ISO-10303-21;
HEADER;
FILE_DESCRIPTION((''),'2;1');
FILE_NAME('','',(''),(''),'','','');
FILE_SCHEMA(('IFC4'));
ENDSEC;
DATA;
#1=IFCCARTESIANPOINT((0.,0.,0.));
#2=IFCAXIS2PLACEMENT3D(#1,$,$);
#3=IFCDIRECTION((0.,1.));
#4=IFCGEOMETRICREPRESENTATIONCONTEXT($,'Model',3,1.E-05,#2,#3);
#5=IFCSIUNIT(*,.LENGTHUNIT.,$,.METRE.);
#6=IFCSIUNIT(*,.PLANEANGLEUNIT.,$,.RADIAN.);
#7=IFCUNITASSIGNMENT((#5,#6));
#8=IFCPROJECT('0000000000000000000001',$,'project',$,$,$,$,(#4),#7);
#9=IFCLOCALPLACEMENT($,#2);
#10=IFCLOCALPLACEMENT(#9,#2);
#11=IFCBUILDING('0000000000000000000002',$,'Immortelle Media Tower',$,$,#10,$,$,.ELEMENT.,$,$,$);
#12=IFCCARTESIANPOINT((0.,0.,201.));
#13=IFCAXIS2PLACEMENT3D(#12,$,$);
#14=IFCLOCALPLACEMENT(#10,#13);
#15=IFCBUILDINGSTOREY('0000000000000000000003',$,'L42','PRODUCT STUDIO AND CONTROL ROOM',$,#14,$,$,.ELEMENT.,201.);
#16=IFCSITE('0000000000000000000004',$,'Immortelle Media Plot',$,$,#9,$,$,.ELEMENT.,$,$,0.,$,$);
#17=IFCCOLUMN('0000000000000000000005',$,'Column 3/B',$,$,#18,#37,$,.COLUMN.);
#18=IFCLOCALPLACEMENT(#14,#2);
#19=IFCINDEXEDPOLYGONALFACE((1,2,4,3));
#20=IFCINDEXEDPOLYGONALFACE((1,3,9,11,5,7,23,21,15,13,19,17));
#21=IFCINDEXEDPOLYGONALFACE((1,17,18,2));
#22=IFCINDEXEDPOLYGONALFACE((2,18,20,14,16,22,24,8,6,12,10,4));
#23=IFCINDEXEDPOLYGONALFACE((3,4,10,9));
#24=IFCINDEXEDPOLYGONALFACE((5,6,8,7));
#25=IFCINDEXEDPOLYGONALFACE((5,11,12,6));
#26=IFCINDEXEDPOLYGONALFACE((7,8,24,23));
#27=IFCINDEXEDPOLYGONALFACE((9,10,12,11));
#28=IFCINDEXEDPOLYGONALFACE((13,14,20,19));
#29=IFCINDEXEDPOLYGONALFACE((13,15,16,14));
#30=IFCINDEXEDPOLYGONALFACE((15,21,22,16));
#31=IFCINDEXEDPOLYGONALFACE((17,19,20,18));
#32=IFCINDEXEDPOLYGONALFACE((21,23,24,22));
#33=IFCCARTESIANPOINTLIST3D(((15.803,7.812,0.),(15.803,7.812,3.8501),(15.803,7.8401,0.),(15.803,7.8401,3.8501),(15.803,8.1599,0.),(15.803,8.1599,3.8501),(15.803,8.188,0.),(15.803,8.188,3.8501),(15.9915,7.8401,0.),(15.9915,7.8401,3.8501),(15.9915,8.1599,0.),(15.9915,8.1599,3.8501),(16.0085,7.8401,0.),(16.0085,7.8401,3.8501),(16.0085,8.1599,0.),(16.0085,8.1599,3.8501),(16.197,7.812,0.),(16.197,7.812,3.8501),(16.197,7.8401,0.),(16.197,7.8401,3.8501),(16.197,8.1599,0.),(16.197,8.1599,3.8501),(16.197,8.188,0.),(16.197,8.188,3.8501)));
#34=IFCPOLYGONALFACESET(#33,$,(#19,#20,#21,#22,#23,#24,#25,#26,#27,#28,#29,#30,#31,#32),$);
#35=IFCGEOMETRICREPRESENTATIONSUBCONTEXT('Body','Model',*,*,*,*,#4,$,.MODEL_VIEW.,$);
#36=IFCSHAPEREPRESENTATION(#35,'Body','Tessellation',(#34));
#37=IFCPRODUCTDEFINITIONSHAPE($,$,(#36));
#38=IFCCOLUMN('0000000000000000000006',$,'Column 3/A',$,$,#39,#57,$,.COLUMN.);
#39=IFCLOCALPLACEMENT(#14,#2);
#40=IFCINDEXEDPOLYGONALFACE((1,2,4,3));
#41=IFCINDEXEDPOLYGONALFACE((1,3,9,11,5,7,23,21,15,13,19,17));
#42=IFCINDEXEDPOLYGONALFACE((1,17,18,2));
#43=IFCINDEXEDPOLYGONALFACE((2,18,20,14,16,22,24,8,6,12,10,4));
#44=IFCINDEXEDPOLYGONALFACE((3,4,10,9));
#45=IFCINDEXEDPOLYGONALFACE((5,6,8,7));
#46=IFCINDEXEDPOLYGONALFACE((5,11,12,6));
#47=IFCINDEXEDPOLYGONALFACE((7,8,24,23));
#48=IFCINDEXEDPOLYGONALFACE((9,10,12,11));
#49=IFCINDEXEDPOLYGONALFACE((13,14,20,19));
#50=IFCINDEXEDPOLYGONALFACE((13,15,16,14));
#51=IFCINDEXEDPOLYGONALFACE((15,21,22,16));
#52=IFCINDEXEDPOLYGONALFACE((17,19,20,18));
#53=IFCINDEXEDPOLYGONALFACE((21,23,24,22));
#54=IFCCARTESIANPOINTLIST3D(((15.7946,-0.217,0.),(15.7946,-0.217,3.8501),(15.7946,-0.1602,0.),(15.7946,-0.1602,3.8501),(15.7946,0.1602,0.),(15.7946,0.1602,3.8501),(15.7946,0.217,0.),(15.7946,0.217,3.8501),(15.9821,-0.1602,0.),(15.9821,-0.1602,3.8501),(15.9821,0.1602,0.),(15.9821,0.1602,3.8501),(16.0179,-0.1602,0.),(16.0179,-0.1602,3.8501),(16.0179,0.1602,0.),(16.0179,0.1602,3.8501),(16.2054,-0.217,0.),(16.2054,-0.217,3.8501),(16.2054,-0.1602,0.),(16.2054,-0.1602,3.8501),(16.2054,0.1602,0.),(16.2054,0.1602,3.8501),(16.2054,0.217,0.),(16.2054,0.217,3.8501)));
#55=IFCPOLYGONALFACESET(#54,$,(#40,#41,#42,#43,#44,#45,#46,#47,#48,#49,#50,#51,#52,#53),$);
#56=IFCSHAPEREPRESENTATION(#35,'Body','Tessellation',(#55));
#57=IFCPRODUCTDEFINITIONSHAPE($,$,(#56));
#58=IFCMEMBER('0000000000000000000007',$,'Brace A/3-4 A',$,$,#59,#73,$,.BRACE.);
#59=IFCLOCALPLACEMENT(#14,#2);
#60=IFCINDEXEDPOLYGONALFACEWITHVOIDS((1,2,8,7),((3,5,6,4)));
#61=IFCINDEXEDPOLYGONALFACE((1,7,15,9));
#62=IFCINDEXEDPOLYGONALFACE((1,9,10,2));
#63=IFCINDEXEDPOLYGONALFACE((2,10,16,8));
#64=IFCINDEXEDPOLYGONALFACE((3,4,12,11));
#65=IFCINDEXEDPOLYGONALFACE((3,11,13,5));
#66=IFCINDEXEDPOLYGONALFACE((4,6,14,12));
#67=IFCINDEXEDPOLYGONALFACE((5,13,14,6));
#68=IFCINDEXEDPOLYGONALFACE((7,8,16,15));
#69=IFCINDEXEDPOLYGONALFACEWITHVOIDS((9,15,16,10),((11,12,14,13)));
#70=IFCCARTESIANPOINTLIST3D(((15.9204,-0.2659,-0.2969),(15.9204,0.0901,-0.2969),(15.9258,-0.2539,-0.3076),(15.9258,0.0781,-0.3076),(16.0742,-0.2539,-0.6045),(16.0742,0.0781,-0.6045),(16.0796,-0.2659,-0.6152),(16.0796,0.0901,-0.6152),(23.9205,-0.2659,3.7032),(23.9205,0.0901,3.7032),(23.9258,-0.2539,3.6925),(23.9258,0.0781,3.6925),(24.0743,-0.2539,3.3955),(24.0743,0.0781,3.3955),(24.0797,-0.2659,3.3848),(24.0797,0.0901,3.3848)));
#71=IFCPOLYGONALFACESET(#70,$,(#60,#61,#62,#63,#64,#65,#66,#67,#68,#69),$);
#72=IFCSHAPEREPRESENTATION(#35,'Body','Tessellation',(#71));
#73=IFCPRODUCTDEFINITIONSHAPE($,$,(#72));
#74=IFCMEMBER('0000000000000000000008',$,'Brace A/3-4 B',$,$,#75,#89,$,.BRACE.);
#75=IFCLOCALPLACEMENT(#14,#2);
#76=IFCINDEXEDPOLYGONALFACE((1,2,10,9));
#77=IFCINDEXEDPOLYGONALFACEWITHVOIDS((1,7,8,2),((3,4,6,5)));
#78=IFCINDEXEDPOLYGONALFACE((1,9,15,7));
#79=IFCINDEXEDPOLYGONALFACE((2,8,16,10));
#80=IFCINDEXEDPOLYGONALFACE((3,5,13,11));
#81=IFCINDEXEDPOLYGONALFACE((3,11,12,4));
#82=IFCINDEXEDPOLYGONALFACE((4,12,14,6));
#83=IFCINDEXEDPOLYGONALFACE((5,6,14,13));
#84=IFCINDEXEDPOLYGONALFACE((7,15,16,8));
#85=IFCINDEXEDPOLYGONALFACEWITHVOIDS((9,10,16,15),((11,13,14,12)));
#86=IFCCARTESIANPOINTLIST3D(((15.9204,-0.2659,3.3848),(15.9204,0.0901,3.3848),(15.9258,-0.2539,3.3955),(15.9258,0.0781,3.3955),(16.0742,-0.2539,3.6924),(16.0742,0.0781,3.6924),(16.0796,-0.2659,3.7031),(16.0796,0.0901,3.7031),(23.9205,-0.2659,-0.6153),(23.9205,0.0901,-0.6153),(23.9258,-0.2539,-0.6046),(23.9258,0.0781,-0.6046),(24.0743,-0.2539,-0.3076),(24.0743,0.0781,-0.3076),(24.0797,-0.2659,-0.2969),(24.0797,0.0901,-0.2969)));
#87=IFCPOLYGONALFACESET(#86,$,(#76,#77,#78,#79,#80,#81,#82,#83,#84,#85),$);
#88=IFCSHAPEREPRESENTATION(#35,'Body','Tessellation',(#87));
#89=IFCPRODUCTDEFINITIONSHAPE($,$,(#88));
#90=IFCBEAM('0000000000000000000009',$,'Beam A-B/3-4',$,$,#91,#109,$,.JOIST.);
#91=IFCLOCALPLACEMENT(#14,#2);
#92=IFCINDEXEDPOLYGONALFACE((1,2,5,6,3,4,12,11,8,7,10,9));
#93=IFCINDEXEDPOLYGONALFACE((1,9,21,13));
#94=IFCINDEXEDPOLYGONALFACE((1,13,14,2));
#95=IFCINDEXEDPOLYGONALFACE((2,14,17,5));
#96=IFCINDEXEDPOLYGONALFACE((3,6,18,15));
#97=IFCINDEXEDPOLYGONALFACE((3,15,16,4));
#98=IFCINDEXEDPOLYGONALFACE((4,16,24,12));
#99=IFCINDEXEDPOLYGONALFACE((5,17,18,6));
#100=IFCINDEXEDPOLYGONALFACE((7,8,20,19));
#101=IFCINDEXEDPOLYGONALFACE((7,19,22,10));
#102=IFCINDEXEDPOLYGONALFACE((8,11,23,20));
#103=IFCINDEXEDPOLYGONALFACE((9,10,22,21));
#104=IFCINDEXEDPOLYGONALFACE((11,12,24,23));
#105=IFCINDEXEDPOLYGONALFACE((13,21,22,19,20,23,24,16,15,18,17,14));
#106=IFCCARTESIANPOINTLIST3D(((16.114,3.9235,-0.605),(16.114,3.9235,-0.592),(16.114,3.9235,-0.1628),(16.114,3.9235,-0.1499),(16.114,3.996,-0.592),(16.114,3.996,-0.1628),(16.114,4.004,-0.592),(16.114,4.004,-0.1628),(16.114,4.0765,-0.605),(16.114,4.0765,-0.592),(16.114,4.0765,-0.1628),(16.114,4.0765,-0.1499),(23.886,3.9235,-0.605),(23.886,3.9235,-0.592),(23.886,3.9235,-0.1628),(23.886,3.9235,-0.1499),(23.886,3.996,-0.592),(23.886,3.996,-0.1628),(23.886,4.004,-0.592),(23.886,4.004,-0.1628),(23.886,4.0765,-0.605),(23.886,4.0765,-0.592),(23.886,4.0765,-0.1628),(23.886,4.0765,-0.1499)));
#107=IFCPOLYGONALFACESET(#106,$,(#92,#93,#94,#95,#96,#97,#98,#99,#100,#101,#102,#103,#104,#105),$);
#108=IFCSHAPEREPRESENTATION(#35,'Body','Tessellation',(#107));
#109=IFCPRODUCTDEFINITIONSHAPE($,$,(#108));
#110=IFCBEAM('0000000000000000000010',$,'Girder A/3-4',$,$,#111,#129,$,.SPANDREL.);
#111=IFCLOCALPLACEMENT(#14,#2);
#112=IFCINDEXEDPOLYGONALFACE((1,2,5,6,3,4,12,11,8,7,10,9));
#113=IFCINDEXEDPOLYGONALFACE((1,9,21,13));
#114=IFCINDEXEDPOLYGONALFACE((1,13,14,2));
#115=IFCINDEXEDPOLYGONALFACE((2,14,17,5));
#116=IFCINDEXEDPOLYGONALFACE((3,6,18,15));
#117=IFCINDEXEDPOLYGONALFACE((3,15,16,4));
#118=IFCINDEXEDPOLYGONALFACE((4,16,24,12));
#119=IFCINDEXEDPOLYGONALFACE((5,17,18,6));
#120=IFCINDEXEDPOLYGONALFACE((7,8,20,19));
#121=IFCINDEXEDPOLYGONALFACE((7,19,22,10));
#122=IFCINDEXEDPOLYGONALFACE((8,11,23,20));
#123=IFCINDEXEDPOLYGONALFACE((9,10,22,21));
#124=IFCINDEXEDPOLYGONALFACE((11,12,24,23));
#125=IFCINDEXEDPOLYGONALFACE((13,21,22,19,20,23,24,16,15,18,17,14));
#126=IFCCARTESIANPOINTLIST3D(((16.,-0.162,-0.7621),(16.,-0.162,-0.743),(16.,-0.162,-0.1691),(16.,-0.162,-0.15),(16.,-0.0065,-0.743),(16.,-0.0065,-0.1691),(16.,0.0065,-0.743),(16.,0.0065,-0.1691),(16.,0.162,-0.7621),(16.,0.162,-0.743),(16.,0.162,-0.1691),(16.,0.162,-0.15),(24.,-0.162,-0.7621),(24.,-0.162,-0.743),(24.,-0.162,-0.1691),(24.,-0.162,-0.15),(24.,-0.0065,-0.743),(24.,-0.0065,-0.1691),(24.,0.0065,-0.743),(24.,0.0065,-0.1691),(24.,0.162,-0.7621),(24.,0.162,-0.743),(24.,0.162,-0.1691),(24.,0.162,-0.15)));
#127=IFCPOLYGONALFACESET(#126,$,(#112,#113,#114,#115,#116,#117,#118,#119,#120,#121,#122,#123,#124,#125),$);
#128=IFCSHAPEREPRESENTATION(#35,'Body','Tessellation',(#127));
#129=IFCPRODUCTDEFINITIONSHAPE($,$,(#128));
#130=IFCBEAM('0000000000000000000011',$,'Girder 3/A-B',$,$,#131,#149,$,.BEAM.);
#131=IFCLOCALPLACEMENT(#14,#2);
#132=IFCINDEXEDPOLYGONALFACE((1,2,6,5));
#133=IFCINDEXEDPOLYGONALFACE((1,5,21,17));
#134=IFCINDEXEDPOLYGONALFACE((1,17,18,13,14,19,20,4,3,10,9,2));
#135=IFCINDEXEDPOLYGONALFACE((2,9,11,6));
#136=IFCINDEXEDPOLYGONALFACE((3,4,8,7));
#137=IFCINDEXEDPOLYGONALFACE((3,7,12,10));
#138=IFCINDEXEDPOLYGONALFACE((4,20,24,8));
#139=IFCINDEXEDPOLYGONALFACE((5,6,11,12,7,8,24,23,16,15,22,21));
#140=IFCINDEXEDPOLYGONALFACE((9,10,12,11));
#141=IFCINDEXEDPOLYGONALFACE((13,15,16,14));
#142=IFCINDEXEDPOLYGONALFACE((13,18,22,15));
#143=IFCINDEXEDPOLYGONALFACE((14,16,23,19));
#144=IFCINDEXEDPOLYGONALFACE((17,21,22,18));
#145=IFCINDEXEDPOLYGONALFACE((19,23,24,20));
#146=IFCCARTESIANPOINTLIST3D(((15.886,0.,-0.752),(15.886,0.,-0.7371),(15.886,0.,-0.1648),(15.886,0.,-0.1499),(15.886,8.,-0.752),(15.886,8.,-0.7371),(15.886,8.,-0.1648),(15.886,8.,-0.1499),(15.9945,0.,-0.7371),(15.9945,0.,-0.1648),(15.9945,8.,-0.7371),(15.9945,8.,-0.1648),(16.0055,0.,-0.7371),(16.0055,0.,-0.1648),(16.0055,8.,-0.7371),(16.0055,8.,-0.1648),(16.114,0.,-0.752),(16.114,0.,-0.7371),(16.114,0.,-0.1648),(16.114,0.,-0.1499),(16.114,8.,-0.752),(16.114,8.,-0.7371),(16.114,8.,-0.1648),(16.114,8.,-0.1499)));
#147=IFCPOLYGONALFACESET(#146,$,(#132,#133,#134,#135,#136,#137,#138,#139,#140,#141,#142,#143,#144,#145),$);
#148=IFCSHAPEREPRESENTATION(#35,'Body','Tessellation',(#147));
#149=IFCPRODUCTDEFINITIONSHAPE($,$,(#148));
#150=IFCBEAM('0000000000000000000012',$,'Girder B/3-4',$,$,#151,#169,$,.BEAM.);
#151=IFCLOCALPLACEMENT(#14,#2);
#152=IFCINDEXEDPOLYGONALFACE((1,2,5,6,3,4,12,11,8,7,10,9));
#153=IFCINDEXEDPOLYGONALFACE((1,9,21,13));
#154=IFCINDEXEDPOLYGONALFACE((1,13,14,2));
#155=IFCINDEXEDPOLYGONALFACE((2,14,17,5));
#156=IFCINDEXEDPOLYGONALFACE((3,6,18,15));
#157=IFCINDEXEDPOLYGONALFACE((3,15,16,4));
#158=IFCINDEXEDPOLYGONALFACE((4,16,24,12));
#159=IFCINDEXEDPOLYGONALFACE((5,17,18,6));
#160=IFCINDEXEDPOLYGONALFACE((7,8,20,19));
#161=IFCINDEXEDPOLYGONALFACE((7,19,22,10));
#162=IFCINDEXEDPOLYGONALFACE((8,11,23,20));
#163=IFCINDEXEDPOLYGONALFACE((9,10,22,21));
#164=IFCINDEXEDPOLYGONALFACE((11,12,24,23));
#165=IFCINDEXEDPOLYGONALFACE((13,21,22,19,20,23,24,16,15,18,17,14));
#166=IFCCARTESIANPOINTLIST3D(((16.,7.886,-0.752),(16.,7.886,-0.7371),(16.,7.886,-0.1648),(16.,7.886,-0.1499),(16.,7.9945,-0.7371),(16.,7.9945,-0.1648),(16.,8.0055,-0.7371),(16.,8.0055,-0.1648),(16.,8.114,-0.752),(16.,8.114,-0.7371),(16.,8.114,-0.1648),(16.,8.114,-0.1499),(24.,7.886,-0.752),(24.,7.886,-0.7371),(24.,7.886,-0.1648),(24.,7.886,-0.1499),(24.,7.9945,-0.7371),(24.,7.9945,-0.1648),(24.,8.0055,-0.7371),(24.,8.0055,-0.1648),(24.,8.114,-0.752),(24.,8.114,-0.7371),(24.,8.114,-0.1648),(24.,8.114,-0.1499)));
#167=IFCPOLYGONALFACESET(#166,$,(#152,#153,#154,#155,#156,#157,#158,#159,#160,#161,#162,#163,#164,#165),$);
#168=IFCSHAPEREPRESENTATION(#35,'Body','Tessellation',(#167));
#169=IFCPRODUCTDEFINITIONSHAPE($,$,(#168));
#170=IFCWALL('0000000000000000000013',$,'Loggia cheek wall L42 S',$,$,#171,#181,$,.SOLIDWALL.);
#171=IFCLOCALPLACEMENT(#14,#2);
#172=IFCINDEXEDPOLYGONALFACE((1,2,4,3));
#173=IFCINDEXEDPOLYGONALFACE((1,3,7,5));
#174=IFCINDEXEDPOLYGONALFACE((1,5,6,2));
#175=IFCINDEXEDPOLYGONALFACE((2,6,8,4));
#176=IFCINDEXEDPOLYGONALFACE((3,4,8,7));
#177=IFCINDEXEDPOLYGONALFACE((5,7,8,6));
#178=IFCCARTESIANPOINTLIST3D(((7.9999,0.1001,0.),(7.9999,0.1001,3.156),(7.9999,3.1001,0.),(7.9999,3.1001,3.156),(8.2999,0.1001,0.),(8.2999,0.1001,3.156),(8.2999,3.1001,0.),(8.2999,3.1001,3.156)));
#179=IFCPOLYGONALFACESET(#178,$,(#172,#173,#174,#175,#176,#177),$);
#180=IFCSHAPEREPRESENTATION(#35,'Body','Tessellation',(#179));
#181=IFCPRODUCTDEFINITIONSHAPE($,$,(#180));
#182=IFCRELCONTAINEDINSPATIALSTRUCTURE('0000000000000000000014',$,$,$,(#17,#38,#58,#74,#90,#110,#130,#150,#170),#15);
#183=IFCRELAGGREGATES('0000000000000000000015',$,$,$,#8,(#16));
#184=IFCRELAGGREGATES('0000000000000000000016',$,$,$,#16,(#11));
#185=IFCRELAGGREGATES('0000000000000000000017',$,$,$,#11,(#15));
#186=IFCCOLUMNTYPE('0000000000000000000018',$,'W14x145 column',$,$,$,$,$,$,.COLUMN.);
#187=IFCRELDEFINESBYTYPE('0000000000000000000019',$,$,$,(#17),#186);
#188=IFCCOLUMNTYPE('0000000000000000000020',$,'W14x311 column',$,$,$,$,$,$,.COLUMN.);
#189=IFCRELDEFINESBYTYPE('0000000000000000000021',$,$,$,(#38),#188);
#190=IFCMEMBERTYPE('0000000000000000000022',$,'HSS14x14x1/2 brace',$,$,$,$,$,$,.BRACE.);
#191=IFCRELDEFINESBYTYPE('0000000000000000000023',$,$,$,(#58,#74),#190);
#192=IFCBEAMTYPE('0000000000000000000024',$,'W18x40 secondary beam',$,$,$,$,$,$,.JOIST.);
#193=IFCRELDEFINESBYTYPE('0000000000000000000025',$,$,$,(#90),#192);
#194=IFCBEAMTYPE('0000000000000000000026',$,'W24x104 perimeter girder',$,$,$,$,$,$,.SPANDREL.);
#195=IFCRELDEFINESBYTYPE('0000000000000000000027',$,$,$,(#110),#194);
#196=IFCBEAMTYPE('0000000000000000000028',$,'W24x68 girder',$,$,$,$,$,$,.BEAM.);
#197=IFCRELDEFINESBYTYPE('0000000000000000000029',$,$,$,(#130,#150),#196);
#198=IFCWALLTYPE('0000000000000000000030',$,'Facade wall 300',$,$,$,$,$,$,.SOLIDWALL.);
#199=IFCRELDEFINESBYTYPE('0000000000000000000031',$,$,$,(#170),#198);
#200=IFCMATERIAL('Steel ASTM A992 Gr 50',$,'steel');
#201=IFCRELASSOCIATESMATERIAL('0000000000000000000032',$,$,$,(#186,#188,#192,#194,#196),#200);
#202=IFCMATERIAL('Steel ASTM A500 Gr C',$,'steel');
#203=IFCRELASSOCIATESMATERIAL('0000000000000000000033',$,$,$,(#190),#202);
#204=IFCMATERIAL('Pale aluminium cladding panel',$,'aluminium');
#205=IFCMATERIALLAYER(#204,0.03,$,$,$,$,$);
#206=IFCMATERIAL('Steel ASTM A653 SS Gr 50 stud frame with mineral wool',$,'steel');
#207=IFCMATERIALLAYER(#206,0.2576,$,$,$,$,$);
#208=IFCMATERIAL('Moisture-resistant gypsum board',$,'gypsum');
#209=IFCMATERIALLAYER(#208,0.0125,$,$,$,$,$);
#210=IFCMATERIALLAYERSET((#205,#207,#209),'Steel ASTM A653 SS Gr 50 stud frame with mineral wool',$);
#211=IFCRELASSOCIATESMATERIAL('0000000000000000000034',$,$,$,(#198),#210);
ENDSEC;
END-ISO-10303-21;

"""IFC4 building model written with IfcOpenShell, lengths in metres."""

from ifc_helpers import new_model, si_unit, direction, frame, frame_2d, origin, origin_2d, place, context, subcontext, project, spatial, rectangle, hollow_rectangle, i_section, extrude, material, layer, layer_set, material_profile, profile_set, type_object, element, save


model = new_model("IFC4")

# Units and contexts
model_context = context("Model", 3, precision=1e-05, world=origin(), true_north=direction((0.0, 1.0)))
body_context = subcontext(model_context, "Body", "Model", "MODEL_VIEW")
ifc_project = project(units=[si_unit("LENGTHUNIT", "METRE"), si_unit("PLANEANGLEUNIT", "RADIAN")], contexts=[model_context])

# Site, building, storey
site_placement = place(None, origin())
site = spatial("IfcSite", under=ifc_project, at=site_placement, Name="Immortelle Media Plot", CompositionType="ELEMENT", RefElevation=0.0)
building_placement = place(site_placement, origin())
building = spatial("IfcBuilding", under=site, at=building_placement, Name="Immortelle Media Tower", CompositionType="ELEMENT")
storey_placement = place(building_placement, frame((0.0, 0.0, 201.0)))
storey = spatial("IfcBuildingStorey", under=building, at=storey_placement, Name="L42", Description="PRODUCT STUDIO AND CONTROL ROOM", CompositionType="ELEMENT", Elevation=201.0)

# Columns
ifc_material_1 = material(Name="Steel ASTM A992 Gr 50", Category="steel")
ifc_material_profile_1 = material_profile(ifc_material_1, i_section(OverallWidth=0.394, OverallDepth=0.376, WebThickness=0.0171, FlangeThickness=0.0281, at=origin_2d()), Name="W14x145")
ifc_profile_set_1 = profile_set([ifc_material_profile_1], Name="Steel ASTM A992 Gr 50")
column_type_1 = type_object("IfcColumnType", Name="W14x145 column", PredefinedType="COLUMN", material=ifc_profile_set_1)
column_1_placement = place(storey_placement, frame((16.0, 8.0, 0.0), z_axis=(0.0, 0.0, 1.0), x_axis=(1.0, 0.0, 0.0)))
element("IfcColumn", 1, at=column_1_placement, inside=storey, type_object=column_type_1, Name="Column 3/B", PredefinedType="COLUMN", context=body_context, shape_type="SweptSolid", body=[
    extrude(i_section(OverallWidth=0.394, OverallDepth=0.376, WebThickness=0.0171, FlangeThickness=0.0281, at=origin_2d()), origin(), (0.0, 0.0, 1.0), 3.8501),
])
ifc_material_profile_2 = material_profile(ifc_material_1, i_section(OverallWidth=0.4109, OverallDepth=0.4341, WebThickness=0.0359, FlangeThickness=0.0569, at=origin_2d()), Name="W14x311")
ifc_profile_set_2 = profile_set([ifc_material_profile_2], Name="Steel ASTM A992 Gr 50")
column_type_2 = type_object("IfcColumnType", Name="W14x311 column", PredefinedType="COLUMN", material=ifc_profile_set_2)
column_2_placement = place(storey_placement, frame((16.0, 0.0, 0.0), z_axis=(0.0, 0.0, 1.0), x_axis=(1.0, 0.0, 0.0)))
element("IfcColumn", 2, at=column_2_placement, inside=storey, type_object=column_type_2, Name="Column 3/A", PredefinedType="COLUMN", context=body_context, shape_type="SweptSolid", body=[
    extrude(i_section(OverallWidth=0.4109, OverallDepth=0.4341, WebThickness=0.0359, FlangeThickness=0.0569, at=origin_2d()), origin(), (0.0, 0.0, 1.0), 3.8501),
])

# Members
ifc_material_2 = material(Name="Steel ASTM A500 Gr C", Category="steel")
ifc_material_profile_3 = material_profile(ifc_material_2, hollow_rectangle(XDim=0.356, YDim=0.356, WallThickness=0.012, at=origin_2d()), Name="HSS14x14x1/2 brace")
ifc_profile_set_3 = profile_set([ifc_material_profile_3], Name="Steel ASTM A500 Gr C")
member_type = type_object("IfcMemberType", Name="HSS14x14x1/2 brace", PredefinedType="BRACE", material=ifc_profile_set_3)
for number, where, z_axis, x_axis, name in (
    (3, (16.0, -0.0879, -0.4561), (0.894427, 0.0, 0.447214), (0.0, 1.0, 0.0), "Brace A/3-4 A"),
    (4, (16.0, -0.0879, 3.5439), (0.894427, 0.0, -0.447214), (0.0, 1.0, 0.0), "Brace A/3-4 B"),
):
    element("IfcMember", number, at=place(storey_placement, frame(where, z_axis=z_axis, x_axis=x_axis)), inside=storey, type_object=member_type, Name=name, PredefinedType="BRACE", context=body_context, shape_type="SweptSolid", body=[
        extrude(hollow_rectangle(XDim=0.356, YDim=0.356, WallThickness=0.012, at=origin_2d()), origin(), (0.0, 0.0, 1.0), 8.9443),
    ])

# Beams
ifc_material_profile_4 = material_profile(ifc_material_1, i_section(OverallWidth=0.1531, OverallDepth=0.4551, WebThickness=0.0081, FlangeThickness=0.0129, at=origin_2d()), Name="W18x40")
ifc_profile_set_4 = profile_set([ifc_material_profile_4], Name="Steel ASTM A992 Gr 50")
beam_type_1 = type_object("IfcBeamType", Name="W18x40 secondary beam", PredefinedType="JOIST", material=ifc_profile_set_4)
beam_1_placement = place(storey_placement, frame((16.114, 4.0, -0.3774), z_axis=(1.0, 0.0, 0.0), x_axis=(0.0, 1.0, 0.0)))
element("IfcBeam", 5, at=beam_1_placement, inside=storey, type_object=beam_type_1, Name="Beam A-B/3-4", PredefinedType="JOIST", context=body_context, shape_type="SweptSolid", body=[
    extrude(i_section(OverallWidth=0.1531, OverallDepth=0.4551, WebThickness=0.0081, FlangeThickness=0.0129, at=origin_2d()), origin(), (0.0, 0.0, 1.0), 7.772),
])
ifc_material_profile_5 = material_profile(ifc_material_1, i_section(OverallWidth=0.324, OverallDepth=0.6121, WebThickness=0.0129, FlangeThickness=0.019, at=origin_2d()), Name="W24x104")
ifc_profile_set_5 = profile_set([ifc_material_profile_5], Name="Steel ASTM A992 Gr 50")
beam_type_2 = type_object("IfcBeamType", Name="W24x104 perimeter girder", PredefinedType="SPANDREL", material=ifc_profile_set_5)
beam_2_placement = place(storey_placement, frame((16.0, 0.0, -0.4561), z_axis=(1.0, 0.0, 0.0), x_axis=(0.0, 1.0, 0.0)))
element("IfcBeam", 6, at=beam_2_placement, inside=storey, type_object=beam_type_2, Name="Girder A/3-4", PredefinedType="SPANDREL", context=body_context, shape_type="SweptSolid", body=[
    extrude(i_section(OverallWidth=0.324, OverallDepth=0.6121, WebThickness=0.0129, FlangeThickness=0.019, at=origin_2d()), origin(), (0.0, 0.0, 1.0), 8.0),
])
ifc_material_profile_6 = material_profile(ifc_material_1, i_section(OverallWidth=0.228, OverallDepth=0.6021, WebThickness=0.011, FlangeThickness=0.0149, at=origin_2d()), Name="W24x68")
ifc_profile_set_6 = profile_set([ifc_material_profile_6], Name="Steel ASTM A992 Gr 50")
beam_type_3 = type_object("IfcBeamType", Name="W24x68 girder", PredefinedType="BEAM", material=ifc_profile_set_6)
for number, where, z_axis, x_axis, name in (
    (7, (16.0, 0.0, -0.4509), (0.0, 1.0, 0.0), (-1.0, 0.0, 0.0), "Girder 3/A-B"),
    (8, (16.0, 8.0, -0.4509), (1.0, 0.0, 0.0), (0.0, 1.0, 0.0), "Girder B/3-4"),
):
    element("IfcBeam", number, at=place(storey_placement, frame(where, z_axis=z_axis, x_axis=x_axis)), inside=storey, type_object=beam_type_3, Name=name, PredefinedType="BEAM", context=body_context, shape_type="SweptSolid", body=[
        extrude(i_section(OverallWidth=0.228, OverallDepth=0.6021, WebThickness=0.011, FlangeThickness=0.0149, at=origin_2d()), origin(), (0.0, 0.0, 1.0), 8.0),
    ])

# Shared definitions
ifc_material_3 = material(Name="Pale aluminium cladding panel", Category="aluminium")
ifc_layer_1 = layer(ifc_material_3, 0.03)
ifc_material_4 = material(Name="Steel ASTM A653 SS Gr 50 stud frame with mineral wool", Category="steel")
ifc_layer_2 = layer(ifc_material_4, 0.2576)
ifc_material_5 = material(Name="Moisture-resistant gypsum board", Category="gypsum")
ifc_layer_3 = layer(ifc_material_5, 0.0125)
ifc_layer_set_1 = layer_set([ifc_layer_1, ifc_layer_2, ifc_layer_3], Name="Steel ASTM A653 SS Gr 50 stud frame with mineral wool")
wall_type_1 = type_object("IfcWallType", Name="Facade wall 300", PredefinedType="SOLIDWALL", material=ifc_layer_set_1)

# Wall
wall_1_placement = place(storey_placement, frame((8.1499, 0.1001, 0.0), z_axis=(0.0, 0.0, 1.0), x_axis=(0.0, 1.0, 0.0)))
element("IfcWall", 9, at=wall_1_placement, inside=storey, type_object=wall_type_1, Name="Loggia cheek wall L42 S", PredefinedType="SOLIDWALL", context=body_context, shape_type="SweptSolid", body=[
    extrude(rectangle(XDim=3.0, YDim=0.3, at=frame_2d((1.5, 0.0))), origin(), (0.0, 0.0, 1.0), 3.156),
])

save(model, "model.ifc")
